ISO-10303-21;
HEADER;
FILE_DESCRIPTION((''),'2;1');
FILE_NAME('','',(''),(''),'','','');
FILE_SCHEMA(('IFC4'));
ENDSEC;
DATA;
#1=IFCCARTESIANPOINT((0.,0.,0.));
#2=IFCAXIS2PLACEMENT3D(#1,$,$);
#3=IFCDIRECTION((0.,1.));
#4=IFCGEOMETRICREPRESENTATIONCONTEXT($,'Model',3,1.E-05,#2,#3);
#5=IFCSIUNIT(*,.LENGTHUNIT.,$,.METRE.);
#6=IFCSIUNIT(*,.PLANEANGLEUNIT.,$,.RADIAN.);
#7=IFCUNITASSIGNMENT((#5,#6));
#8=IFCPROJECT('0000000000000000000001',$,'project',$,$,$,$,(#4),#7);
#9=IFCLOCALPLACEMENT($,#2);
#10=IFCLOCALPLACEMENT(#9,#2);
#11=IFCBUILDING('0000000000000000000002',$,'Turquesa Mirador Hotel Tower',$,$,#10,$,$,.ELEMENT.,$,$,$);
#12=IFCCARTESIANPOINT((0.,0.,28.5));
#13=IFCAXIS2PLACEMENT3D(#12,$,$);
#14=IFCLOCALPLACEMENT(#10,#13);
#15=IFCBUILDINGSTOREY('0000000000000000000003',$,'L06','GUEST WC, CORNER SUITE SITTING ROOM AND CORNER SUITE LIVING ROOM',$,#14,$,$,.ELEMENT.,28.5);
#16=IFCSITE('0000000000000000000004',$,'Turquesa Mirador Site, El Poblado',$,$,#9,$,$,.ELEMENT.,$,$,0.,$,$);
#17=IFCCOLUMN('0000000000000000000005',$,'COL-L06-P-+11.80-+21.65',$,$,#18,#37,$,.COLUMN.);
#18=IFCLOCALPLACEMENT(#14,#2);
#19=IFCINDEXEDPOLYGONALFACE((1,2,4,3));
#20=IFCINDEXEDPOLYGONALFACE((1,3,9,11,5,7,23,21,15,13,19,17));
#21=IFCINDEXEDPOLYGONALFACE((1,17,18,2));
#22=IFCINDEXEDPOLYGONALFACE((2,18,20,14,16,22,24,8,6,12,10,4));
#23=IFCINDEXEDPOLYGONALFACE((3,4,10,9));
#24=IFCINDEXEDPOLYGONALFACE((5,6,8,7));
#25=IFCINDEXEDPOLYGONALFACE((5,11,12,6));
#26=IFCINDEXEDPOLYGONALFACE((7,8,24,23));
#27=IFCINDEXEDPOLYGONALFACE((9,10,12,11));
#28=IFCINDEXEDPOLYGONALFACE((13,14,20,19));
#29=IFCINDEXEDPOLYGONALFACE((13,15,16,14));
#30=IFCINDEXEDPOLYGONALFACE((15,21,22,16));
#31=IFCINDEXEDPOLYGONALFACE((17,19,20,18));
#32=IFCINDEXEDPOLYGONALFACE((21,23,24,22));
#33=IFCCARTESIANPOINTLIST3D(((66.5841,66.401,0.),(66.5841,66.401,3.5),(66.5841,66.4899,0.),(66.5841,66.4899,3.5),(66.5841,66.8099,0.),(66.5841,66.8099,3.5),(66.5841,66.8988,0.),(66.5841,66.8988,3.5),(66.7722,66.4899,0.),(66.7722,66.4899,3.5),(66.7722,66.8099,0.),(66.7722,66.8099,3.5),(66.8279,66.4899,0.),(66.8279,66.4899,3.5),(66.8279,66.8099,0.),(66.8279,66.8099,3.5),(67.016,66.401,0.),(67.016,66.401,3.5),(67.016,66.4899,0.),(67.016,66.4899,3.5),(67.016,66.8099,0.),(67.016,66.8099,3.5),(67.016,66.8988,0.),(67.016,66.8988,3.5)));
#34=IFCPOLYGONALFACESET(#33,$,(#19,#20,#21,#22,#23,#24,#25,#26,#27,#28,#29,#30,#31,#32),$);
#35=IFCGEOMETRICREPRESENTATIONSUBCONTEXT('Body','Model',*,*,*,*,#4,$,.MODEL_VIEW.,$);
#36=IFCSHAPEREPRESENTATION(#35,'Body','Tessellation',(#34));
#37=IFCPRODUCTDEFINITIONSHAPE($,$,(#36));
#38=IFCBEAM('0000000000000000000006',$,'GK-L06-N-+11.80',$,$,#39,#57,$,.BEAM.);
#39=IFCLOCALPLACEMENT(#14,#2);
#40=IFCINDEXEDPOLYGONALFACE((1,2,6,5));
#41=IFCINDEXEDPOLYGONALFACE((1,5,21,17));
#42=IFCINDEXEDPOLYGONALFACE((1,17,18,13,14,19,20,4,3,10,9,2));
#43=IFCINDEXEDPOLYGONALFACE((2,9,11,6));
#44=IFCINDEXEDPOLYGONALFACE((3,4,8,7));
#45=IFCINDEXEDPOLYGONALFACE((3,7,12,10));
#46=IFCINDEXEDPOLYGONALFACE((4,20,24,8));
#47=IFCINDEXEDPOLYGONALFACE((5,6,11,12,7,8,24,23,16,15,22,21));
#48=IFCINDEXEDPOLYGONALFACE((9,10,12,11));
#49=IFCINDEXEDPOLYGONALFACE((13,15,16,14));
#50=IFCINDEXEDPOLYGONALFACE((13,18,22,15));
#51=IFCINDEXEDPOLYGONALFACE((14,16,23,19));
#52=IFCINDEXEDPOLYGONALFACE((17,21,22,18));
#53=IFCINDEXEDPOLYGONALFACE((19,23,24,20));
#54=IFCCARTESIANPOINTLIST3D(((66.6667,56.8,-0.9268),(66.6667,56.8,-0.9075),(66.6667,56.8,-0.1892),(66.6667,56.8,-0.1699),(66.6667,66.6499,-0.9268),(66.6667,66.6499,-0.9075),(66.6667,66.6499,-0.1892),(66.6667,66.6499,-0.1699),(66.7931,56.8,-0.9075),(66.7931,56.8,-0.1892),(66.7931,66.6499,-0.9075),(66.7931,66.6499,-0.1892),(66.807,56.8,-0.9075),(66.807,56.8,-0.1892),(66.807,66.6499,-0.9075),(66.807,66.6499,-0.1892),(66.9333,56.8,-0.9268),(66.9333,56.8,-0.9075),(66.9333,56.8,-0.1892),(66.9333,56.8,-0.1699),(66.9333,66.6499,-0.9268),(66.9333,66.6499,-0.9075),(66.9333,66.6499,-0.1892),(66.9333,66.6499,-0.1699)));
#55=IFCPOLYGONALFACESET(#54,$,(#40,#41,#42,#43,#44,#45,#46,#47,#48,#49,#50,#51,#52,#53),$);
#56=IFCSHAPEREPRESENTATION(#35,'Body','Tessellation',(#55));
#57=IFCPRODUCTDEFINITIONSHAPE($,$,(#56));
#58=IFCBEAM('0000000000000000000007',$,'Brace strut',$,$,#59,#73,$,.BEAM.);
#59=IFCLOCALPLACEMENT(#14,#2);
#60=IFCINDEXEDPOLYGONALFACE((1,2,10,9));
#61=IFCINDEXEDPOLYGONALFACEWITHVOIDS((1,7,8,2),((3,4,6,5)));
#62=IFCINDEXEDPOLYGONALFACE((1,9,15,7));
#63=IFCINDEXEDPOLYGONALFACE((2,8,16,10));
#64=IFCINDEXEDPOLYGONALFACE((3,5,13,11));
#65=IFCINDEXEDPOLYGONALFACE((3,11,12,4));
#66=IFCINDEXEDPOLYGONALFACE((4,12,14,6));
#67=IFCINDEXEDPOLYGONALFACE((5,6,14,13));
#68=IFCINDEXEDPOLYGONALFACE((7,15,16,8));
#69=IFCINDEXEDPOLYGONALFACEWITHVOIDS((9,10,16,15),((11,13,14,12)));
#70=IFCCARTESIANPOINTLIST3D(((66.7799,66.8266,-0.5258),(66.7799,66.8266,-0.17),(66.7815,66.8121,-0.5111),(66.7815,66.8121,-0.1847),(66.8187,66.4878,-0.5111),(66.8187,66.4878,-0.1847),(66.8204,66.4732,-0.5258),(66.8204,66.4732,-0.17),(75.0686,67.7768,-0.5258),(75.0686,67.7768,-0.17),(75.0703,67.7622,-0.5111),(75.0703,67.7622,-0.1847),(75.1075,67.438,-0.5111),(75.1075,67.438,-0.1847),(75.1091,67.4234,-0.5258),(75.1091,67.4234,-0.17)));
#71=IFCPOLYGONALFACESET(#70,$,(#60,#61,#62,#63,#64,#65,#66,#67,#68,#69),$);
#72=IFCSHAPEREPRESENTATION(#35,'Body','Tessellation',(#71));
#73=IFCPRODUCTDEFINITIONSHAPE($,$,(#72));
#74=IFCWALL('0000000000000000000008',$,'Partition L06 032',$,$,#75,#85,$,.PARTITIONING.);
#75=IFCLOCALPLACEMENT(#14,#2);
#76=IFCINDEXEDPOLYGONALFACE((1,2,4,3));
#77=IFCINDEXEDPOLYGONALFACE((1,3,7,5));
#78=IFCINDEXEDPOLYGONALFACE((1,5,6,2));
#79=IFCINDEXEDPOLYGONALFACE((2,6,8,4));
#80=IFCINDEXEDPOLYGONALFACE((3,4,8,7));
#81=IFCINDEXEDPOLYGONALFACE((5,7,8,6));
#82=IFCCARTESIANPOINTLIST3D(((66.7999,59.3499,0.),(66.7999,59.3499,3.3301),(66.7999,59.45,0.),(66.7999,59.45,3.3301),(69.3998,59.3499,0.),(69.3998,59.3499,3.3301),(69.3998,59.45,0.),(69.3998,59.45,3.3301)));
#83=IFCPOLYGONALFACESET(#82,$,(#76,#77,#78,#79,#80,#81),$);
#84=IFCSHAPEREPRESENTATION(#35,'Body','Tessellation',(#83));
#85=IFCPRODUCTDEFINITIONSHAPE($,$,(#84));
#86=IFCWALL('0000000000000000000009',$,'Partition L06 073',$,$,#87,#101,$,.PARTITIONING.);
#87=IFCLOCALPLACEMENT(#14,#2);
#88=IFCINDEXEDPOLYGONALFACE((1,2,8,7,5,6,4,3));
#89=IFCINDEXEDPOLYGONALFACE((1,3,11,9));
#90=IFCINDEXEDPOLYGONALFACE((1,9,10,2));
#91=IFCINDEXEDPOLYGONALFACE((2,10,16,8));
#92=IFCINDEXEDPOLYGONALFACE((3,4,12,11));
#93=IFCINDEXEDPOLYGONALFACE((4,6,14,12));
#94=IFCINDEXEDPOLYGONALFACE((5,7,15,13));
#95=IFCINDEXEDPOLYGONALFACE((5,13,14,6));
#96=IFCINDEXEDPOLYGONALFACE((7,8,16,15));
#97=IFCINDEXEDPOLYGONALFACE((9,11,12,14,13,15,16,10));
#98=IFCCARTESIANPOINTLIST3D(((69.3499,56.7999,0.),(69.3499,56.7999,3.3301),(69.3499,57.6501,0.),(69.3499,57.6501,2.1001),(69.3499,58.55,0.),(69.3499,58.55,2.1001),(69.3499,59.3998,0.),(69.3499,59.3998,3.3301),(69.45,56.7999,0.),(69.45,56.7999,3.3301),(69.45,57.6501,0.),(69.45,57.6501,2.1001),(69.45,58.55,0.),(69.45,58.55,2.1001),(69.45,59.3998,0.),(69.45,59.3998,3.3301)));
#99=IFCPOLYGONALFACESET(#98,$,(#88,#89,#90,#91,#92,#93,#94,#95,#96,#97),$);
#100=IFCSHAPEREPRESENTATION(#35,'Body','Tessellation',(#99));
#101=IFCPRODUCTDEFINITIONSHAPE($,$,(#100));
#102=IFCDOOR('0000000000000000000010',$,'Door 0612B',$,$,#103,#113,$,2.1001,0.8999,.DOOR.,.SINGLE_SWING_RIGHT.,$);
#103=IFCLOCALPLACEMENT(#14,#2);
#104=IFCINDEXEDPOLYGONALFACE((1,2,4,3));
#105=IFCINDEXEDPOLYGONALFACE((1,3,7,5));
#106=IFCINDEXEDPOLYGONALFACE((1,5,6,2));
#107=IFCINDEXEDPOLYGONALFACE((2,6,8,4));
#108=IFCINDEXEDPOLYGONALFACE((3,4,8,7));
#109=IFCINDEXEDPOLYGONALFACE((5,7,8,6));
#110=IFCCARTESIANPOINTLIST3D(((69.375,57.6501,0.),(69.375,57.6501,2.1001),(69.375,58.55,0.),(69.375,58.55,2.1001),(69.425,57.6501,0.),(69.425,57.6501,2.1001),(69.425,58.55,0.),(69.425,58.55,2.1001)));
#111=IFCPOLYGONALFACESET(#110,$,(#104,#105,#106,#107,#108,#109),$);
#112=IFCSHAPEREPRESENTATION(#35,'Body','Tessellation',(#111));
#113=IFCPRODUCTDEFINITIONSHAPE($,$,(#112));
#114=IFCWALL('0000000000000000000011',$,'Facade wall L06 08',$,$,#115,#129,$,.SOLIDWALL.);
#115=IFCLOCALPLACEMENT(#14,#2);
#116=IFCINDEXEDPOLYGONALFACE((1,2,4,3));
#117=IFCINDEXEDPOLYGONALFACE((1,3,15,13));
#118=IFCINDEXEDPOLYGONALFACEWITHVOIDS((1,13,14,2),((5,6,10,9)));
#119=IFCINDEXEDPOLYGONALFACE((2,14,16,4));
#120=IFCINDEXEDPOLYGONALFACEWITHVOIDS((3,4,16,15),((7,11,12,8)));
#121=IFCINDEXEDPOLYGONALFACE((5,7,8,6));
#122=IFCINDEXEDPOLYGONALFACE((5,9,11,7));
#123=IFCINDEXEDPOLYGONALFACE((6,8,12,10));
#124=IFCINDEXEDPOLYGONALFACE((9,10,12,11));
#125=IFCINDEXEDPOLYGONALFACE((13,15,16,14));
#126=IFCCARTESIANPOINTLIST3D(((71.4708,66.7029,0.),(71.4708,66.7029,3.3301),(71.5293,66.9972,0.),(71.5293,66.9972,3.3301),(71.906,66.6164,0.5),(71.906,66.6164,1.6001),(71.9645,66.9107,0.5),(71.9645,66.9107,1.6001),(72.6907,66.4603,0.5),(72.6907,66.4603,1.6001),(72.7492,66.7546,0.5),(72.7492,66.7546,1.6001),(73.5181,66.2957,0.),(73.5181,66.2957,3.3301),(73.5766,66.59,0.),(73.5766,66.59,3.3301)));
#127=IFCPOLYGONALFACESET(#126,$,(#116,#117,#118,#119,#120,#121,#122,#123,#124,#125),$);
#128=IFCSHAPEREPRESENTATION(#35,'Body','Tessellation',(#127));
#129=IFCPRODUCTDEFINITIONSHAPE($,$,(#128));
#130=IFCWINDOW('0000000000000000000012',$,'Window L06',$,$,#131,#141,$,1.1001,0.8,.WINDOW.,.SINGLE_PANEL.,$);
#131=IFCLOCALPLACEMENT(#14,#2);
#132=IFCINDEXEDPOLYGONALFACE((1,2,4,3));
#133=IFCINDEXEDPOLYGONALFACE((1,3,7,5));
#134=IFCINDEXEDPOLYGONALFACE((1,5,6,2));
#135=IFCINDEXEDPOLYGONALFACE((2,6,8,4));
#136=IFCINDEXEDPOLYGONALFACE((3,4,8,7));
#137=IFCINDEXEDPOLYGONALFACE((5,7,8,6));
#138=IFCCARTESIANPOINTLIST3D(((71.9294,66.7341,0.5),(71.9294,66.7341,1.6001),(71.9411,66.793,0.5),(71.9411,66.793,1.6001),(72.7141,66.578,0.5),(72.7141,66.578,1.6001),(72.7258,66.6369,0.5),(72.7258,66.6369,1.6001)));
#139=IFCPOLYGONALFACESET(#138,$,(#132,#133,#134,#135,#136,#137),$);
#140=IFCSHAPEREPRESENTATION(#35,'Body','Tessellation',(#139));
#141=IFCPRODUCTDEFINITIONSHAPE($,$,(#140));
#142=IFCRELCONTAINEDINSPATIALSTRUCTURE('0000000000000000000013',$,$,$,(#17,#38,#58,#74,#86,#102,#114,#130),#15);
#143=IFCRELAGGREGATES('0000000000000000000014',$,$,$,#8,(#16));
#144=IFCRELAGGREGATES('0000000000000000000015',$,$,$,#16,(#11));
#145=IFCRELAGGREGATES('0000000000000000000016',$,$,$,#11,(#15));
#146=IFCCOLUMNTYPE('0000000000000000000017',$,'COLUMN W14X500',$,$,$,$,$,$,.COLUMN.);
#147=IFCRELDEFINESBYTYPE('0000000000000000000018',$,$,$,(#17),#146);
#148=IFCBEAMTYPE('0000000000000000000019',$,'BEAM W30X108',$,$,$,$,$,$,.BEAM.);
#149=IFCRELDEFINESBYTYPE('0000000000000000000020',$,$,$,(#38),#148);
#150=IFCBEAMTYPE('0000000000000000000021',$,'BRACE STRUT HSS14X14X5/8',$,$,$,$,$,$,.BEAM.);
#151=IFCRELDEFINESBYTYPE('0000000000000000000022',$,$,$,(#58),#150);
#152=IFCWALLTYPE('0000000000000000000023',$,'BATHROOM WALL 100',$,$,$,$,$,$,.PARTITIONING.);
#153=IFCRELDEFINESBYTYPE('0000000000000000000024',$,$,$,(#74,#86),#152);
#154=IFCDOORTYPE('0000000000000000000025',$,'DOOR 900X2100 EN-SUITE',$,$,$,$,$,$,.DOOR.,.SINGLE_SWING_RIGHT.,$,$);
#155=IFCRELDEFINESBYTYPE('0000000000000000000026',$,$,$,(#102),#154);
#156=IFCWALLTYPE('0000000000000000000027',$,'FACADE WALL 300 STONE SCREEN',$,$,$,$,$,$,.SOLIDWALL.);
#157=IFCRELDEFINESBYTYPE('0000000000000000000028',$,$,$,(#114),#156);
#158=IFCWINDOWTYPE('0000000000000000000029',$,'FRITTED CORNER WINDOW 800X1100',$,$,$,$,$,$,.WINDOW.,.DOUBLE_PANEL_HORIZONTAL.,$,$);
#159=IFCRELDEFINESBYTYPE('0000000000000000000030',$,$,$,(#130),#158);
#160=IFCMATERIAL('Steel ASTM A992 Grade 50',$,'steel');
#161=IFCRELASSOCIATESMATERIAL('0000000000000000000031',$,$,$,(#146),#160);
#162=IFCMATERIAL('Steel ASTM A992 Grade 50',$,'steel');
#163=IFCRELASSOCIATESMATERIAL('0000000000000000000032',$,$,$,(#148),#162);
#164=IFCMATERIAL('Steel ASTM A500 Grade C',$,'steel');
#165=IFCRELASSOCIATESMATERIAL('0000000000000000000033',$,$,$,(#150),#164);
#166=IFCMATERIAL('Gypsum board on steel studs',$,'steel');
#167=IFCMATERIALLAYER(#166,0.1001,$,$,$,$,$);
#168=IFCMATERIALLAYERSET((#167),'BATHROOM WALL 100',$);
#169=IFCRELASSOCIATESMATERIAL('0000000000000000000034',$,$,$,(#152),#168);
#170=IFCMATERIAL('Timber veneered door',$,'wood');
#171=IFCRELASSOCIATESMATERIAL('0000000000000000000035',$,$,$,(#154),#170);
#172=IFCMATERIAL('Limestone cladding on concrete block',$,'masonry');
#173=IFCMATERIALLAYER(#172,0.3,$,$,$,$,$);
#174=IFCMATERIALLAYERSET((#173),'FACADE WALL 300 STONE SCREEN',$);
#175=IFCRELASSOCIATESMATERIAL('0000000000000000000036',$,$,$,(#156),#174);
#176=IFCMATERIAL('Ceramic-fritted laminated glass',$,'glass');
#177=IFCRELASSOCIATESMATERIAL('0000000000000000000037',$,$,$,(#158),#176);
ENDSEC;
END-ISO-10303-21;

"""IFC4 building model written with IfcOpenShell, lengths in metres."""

from ifc_helpers import new_model, si_unit, direction, frame, frame_2d, origin, origin_2d, place, context, subcontext, project, spatial, rectangle, hollow_rectangle, i_section, extrude, material, layer, layer_set, material_profile, profile_set, type_object, element, fill, save


model = new_model("IFC4")

# Units and contexts
model_context = context("Model", 3, precision=1e-05, world=origin(), true_north=direction((0.0, 1.0)))
body_context = subcontext(model_context, "Body", "Model", "MODEL_VIEW")
ifc_project = project(units=[si_unit("LENGTHUNIT", "METRE"), si_unit("PLANEANGLEUNIT", "RADIAN")], contexts=[model_context])

# Site, building, storey
site_placement = place(None, origin())
site = spatial("IfcSite", under=ifc_project, at=site_placement, Name="Turquesa Mirador Site, El Poblado", CompositionType="ELEMENT", RefElevation=0.0)
building_placement = place(site_placement, origin())
building = spatial("IfcBuilding", under=site, at=building_placement, Name="Turquesa Mirador Hotel Tower", CompositionType="ELEMENT")
storey_placement = place(building_placement, frame((0.0, 0.0, 28.5)))
storey = spatial("IfcBuildingStorey", under=building, at=storey_placement, Name="L06", Description="GUEST WC, CORNER SUITE SITTING ROOM AND CORNER SUITE LIVING ROOM", CompositionType="ELEMENT", Elevation=28.5)

# Column
ifc_material_1 = material(Name="Steel ASTM A992 Grade 50", Category="steel")
ifc_material_profile_1 = material_profile(ifc_material_1, i_section(OverallWidth=0.4319, OverallDepth=0.4978, WebThickness=0.0557, FlangeThickness=0.0889, at=origin_2d()), Name="W14X500")
ifc_profile_set_1 = profile_set([ifc_material_profile_1], Name="Steel ASTM A992 Grade 50")
column_type = type_object("IfcColumnType", Name="COLUMN W14X500", PredefinedType="COLUMN", material=ifc_profile_set_1)
column_placement = place(storey_placement, frame((66.8, 66.6499, 0.0), z_axis=(0.0, 0.0, 1.0), x_axis=(1.0, 0.0, 0.0)))
element("IfcColumn", 1, at=column_placement, inside=storey, type_object=column_type, Name="COL-L06-P-+11.80-+21.65", PredefinedType="COLUMN", context=body_context, shape_type="SweptSolid", body=[
    extrude(i_section(OverallWidth=0.4319, OverallDepth=0.4978, WebThickness=0.0557, FlangeThickness=0.0889, at=origin_2d()), origin(), (0.0, 0.0, 1.0), 3.5),
])

# Beams
ifc_material_2 = material(Name="Steel ASTM A992 Grade 50", Category="steel")
ifc_material_profile_2 = material_profile(ifc_material_2, i_section(OverallWidth=0.2666, OverallDepth=0.7568, WebThickness=0.0139, FlangeThickness=0.0193, at=origin_2d()), Name="W30X108")
ifc_profile_set_2 = profile_set([ifc_material_profile_2], Name="Steel ASTM A992 Grade 50")
beam_type_1 = type_object("IfcBeamType", Name="BEAM W30X108", PredefinedType="BEAM", material=ifc_profile_set_2)
beam_1_placement = place(storey_placement, frame((66.8, 66.6499, -0.5483), z_axis=(0.0, -1.0, 0.0), x_axis=(1.0, 0.0, 0.0)))
element("IfcBeam", 2, at=beam_1_placement, inside=storey, type_object=beam_type_1, Name="GK-L06-N-+11.80", PredefinedType="BEAM", context=body_context, shape_type="SweptSolid", body=[
    extrude(i_section(OverallWidth=0.2666, OverallDepth=0.7568, WebThickness=0.0139, FlangeThickness=0.0193, at=origin_2d()), origin(), (0.0, 0.0, 1.0), 9.8499),
])
ifc_material_3 = material(Name="Steel ASTM A500 Grade C", Category="steel")
ifc_material_profile_3 = material_profile(ifc_material_3, hollow_rectangle(XDim=0.3557, YDim=0.3557, WallThickness=0.0146, at=origin_2d()), Name="HSS14X14X5/8")
ifc_profile_set_3 = profile_set([ifc_material_profile_3], Name="Steel ASTM A500 Grade C")
beam_type_2 = type_object("IfcBeamType", Name="BRACE STRUT HSS14X14X5/8", PredefinedType="BEAM", material=ifc_profile_set_3)
beam_2_placement = place(storey_placement, frame((75.0889, 67.6001, -0.3479), z_axis=(-0.993493, -0.11389, 0.0), x_axis=(0.11389, -0.993493, 0.0)))
element("IfcBeam", 3, at=beam_2_placement, inside=storey, type_object=beam_type_2, Name="Brace strut", PredefinedType="BEAM", context=body_context, shape_type="SweptSolid", body=[
    extrude(hollow_rectangle(XDim=0.3557, YDim=0.3557, WallThickness=0.0146, at=origin_2d()), origin(), (0.0, 0.0, 1.0), 8.343),
])

# Wall
ifc_material_4 = material(Name="Gypsum board on steel studs", Category="steel")
ifc_layer_1 = layer(ifc_material_4, 0.1001)
ifc_layer_set_1 = layer_set([ifc_layer_1], Name="BATHROOM WALL 100")
wall_type_1 = type_object("IfcWallType", Name="BATHROOM WALL 100", PredefinedType="PARTITIONING", material=ifc_layer_set_1)
wall_1_placement = place(storey_placement, frame((66.8, 59.3999, 0.0), z_axis=(0.0, 0.0, 1.0), x_axis=(1.0, 0.0, 0.0)))
element("IfcWall", 4, at=wall_1_placement, inside=storey, type_object=wall_type_1, Name="Partition L06 032", PredefinedType="PARTITIONING", context=body_context, shape_type="SweptSolid", body=[
    extrude(rectangle(XDim=2.5999, YDim=0.1001, at=frame_2d((1.2998, 0.0))), origin(), (0.0, 0.0, 1.0), 3.3301),
])

# Wall, opening, door
wall_2_placement = place(storey_placement, frame((69.3999, 56.8, 0.0), z_axis=(0.0, 0.0, 1.0), x_axis=(0.0, 1.0, 0.0)))
wall_2 = element("IfcWall", 5, at=wall_2_placement, inside=storey, type_object=wall_type_1, Name="Partition L06 073", PredefinedType="PARTITIONING", context=body_context, shape_type="SweptSolid", body=[
    extrude(rectangle(XDim=2.5999, YDim=0.1001, at=frame_2d((1.2998, 0.0))), origin(), (0.0, 0.0, 1.0), 3.3301),
])
opening_1_placement = place(wall_2_placement, frame((0.8501, 0.0, 0.0)))
opening_1 = element("IfcOpeningElement", 6, at=opening_1_placement, cuts=wall_2, PredefinedType="OPENING", context=body_context, shape_type="SweptSolid", body=[
    extrude(rectangle(XDim=0.8999, YDim=2.1001, at=frame_2d((0.45, 1.05))), frame((0.0, 0.0601, 0.0), z_axis=(0.0, -1.0, 0.0), x_axis=(1.0, 0.0, 0.0)), (0.0, 0.0, 1.0), 0.1201),
])
ifc_material_5 = material(Name="Timber veneered door", Category="wood")
door_type = type_object("IfcDoorType", Name="DOOR 900X2100 EN-SUITE", OperationType="SINGLE_SWING_RIGHT", PredefinedType="DOOR", material=ifc_material_5)
door_placement = place(opening_1_placement, origin())
door = element("IfcDoor", 7, at=door_placement, inside=storey, type_object=door_type, Name="Door 0612B", OperationType="SINGLE_SWING_RIGHT", OverallHeight=2.1001, OverallWidth=0.8999, PredefinedType="DOOR", context=body_context, shape_type="SweptSolid", body=[
    extrude(rectangle(XDim=0.8999, YDim=2.1001, at=frame_2d((0.45, 1.05))), frame((0.0, 0.0249, 0.0), z_axis=(0.0, -1.0, 0.0), x_axis=(1.0, 0.0, 0.0)), (0.0, 0.0, 1.0), 0.05),
])
fill(opening_1, door)

# Wall, opening, window
ifc_material_6 = material(Name="Limestone cladding on concrete block", Category="masonry")
ifc_layer_2 = layer(ifc_material_6, 0.3)
ifc_layer_set_2 = layer_set([ifc_layer_2], Name="FACADE WALL 300 STONE SCREEN")
wall_type_2 = type_object("IfcWallType", Name="FACADE WALL 300 STONE SCREEN", PredefinedType="SOLIDWALL", material=ifc_layer_set_2)
wall_3_placement = place(storey_placement, frame((73.5474, 66.4429, 0.0), z_axis=(0.0, 0.0, 1.0), x_axis=(-0.980787, 0.195081, 0.0)))
wall_3 = element("IfcWall", 8, at=wall_3_placement, inside=storey, type_object=wall_type_2, Name="Facade wall L06 08", PredefinedType="SOLIDWALL", context=body_context, shape_type="SweptSolid", body=[
    extrude(rectangle(XDim=2.0874, YDim=0.3, at=frame_2d((1.0437, 0.0))), origin(), (0.0, 0.0, 1.0), 3.3301),
])
opening_2_placement = place(wall_3_placement, frame((0.8438, 0.0, 0.5)))
opening_2 = element("IfcOpeningElement", 9, at=opening_2_placement, cuts=wall_3, PredefinedType="OPENING", context=body_context, shape_type="SweptSolid", body=[
    extrude(rectangle(XDim=0.8, YDim=1.1001, at=frame_2d((0.3999, 0.55))), frame((0.0, 0.1599, 0.0), z_axis=(0.0, -1.0, 0.0), x_axis=(1.0, 0.0, 0.0)), (0.0, 0.0, 1.0), 0.3201),
])
ifc_material_7 = material(Name="Ceramic-fritted laminated glass", Category="glass")
window_type_1 = type_object("IfcWindowType", Name="FRITTED CORNER WINDOW 800X1100", PartitioningType="DOUBLE_PANEL_HORIZONTAL", PredefinedType="WINDOW", material=ifc_material_7)
window_1_placement = place(opening_2_placement, origin())
window_1 = element("IfcWindow", 10, at=window_1_placement, inside=storey, type_object=window_type_1, Name="Window L06", OverallHeight=1.1001, OverallWidth=0.8, PartitioningType="SINGLE_PANEL", PredefinedType="WINDOW", context=body_context, shape_type="SweptSolid", body=[
    extrude(rectangle(XDim=0.8, YDim=1.1001, at=frame_2d((0.3999, 0.55))), frame((0.0, 0.03, 0.0), z_axis=(0.0, -1.0, 0.0), x_axis=(1.0, 0.0, 0.0)), (0.0, 0.0, 1.0), 0.0601),
])
fill(opening_2, window_1)

save(model, "model.ifc")
